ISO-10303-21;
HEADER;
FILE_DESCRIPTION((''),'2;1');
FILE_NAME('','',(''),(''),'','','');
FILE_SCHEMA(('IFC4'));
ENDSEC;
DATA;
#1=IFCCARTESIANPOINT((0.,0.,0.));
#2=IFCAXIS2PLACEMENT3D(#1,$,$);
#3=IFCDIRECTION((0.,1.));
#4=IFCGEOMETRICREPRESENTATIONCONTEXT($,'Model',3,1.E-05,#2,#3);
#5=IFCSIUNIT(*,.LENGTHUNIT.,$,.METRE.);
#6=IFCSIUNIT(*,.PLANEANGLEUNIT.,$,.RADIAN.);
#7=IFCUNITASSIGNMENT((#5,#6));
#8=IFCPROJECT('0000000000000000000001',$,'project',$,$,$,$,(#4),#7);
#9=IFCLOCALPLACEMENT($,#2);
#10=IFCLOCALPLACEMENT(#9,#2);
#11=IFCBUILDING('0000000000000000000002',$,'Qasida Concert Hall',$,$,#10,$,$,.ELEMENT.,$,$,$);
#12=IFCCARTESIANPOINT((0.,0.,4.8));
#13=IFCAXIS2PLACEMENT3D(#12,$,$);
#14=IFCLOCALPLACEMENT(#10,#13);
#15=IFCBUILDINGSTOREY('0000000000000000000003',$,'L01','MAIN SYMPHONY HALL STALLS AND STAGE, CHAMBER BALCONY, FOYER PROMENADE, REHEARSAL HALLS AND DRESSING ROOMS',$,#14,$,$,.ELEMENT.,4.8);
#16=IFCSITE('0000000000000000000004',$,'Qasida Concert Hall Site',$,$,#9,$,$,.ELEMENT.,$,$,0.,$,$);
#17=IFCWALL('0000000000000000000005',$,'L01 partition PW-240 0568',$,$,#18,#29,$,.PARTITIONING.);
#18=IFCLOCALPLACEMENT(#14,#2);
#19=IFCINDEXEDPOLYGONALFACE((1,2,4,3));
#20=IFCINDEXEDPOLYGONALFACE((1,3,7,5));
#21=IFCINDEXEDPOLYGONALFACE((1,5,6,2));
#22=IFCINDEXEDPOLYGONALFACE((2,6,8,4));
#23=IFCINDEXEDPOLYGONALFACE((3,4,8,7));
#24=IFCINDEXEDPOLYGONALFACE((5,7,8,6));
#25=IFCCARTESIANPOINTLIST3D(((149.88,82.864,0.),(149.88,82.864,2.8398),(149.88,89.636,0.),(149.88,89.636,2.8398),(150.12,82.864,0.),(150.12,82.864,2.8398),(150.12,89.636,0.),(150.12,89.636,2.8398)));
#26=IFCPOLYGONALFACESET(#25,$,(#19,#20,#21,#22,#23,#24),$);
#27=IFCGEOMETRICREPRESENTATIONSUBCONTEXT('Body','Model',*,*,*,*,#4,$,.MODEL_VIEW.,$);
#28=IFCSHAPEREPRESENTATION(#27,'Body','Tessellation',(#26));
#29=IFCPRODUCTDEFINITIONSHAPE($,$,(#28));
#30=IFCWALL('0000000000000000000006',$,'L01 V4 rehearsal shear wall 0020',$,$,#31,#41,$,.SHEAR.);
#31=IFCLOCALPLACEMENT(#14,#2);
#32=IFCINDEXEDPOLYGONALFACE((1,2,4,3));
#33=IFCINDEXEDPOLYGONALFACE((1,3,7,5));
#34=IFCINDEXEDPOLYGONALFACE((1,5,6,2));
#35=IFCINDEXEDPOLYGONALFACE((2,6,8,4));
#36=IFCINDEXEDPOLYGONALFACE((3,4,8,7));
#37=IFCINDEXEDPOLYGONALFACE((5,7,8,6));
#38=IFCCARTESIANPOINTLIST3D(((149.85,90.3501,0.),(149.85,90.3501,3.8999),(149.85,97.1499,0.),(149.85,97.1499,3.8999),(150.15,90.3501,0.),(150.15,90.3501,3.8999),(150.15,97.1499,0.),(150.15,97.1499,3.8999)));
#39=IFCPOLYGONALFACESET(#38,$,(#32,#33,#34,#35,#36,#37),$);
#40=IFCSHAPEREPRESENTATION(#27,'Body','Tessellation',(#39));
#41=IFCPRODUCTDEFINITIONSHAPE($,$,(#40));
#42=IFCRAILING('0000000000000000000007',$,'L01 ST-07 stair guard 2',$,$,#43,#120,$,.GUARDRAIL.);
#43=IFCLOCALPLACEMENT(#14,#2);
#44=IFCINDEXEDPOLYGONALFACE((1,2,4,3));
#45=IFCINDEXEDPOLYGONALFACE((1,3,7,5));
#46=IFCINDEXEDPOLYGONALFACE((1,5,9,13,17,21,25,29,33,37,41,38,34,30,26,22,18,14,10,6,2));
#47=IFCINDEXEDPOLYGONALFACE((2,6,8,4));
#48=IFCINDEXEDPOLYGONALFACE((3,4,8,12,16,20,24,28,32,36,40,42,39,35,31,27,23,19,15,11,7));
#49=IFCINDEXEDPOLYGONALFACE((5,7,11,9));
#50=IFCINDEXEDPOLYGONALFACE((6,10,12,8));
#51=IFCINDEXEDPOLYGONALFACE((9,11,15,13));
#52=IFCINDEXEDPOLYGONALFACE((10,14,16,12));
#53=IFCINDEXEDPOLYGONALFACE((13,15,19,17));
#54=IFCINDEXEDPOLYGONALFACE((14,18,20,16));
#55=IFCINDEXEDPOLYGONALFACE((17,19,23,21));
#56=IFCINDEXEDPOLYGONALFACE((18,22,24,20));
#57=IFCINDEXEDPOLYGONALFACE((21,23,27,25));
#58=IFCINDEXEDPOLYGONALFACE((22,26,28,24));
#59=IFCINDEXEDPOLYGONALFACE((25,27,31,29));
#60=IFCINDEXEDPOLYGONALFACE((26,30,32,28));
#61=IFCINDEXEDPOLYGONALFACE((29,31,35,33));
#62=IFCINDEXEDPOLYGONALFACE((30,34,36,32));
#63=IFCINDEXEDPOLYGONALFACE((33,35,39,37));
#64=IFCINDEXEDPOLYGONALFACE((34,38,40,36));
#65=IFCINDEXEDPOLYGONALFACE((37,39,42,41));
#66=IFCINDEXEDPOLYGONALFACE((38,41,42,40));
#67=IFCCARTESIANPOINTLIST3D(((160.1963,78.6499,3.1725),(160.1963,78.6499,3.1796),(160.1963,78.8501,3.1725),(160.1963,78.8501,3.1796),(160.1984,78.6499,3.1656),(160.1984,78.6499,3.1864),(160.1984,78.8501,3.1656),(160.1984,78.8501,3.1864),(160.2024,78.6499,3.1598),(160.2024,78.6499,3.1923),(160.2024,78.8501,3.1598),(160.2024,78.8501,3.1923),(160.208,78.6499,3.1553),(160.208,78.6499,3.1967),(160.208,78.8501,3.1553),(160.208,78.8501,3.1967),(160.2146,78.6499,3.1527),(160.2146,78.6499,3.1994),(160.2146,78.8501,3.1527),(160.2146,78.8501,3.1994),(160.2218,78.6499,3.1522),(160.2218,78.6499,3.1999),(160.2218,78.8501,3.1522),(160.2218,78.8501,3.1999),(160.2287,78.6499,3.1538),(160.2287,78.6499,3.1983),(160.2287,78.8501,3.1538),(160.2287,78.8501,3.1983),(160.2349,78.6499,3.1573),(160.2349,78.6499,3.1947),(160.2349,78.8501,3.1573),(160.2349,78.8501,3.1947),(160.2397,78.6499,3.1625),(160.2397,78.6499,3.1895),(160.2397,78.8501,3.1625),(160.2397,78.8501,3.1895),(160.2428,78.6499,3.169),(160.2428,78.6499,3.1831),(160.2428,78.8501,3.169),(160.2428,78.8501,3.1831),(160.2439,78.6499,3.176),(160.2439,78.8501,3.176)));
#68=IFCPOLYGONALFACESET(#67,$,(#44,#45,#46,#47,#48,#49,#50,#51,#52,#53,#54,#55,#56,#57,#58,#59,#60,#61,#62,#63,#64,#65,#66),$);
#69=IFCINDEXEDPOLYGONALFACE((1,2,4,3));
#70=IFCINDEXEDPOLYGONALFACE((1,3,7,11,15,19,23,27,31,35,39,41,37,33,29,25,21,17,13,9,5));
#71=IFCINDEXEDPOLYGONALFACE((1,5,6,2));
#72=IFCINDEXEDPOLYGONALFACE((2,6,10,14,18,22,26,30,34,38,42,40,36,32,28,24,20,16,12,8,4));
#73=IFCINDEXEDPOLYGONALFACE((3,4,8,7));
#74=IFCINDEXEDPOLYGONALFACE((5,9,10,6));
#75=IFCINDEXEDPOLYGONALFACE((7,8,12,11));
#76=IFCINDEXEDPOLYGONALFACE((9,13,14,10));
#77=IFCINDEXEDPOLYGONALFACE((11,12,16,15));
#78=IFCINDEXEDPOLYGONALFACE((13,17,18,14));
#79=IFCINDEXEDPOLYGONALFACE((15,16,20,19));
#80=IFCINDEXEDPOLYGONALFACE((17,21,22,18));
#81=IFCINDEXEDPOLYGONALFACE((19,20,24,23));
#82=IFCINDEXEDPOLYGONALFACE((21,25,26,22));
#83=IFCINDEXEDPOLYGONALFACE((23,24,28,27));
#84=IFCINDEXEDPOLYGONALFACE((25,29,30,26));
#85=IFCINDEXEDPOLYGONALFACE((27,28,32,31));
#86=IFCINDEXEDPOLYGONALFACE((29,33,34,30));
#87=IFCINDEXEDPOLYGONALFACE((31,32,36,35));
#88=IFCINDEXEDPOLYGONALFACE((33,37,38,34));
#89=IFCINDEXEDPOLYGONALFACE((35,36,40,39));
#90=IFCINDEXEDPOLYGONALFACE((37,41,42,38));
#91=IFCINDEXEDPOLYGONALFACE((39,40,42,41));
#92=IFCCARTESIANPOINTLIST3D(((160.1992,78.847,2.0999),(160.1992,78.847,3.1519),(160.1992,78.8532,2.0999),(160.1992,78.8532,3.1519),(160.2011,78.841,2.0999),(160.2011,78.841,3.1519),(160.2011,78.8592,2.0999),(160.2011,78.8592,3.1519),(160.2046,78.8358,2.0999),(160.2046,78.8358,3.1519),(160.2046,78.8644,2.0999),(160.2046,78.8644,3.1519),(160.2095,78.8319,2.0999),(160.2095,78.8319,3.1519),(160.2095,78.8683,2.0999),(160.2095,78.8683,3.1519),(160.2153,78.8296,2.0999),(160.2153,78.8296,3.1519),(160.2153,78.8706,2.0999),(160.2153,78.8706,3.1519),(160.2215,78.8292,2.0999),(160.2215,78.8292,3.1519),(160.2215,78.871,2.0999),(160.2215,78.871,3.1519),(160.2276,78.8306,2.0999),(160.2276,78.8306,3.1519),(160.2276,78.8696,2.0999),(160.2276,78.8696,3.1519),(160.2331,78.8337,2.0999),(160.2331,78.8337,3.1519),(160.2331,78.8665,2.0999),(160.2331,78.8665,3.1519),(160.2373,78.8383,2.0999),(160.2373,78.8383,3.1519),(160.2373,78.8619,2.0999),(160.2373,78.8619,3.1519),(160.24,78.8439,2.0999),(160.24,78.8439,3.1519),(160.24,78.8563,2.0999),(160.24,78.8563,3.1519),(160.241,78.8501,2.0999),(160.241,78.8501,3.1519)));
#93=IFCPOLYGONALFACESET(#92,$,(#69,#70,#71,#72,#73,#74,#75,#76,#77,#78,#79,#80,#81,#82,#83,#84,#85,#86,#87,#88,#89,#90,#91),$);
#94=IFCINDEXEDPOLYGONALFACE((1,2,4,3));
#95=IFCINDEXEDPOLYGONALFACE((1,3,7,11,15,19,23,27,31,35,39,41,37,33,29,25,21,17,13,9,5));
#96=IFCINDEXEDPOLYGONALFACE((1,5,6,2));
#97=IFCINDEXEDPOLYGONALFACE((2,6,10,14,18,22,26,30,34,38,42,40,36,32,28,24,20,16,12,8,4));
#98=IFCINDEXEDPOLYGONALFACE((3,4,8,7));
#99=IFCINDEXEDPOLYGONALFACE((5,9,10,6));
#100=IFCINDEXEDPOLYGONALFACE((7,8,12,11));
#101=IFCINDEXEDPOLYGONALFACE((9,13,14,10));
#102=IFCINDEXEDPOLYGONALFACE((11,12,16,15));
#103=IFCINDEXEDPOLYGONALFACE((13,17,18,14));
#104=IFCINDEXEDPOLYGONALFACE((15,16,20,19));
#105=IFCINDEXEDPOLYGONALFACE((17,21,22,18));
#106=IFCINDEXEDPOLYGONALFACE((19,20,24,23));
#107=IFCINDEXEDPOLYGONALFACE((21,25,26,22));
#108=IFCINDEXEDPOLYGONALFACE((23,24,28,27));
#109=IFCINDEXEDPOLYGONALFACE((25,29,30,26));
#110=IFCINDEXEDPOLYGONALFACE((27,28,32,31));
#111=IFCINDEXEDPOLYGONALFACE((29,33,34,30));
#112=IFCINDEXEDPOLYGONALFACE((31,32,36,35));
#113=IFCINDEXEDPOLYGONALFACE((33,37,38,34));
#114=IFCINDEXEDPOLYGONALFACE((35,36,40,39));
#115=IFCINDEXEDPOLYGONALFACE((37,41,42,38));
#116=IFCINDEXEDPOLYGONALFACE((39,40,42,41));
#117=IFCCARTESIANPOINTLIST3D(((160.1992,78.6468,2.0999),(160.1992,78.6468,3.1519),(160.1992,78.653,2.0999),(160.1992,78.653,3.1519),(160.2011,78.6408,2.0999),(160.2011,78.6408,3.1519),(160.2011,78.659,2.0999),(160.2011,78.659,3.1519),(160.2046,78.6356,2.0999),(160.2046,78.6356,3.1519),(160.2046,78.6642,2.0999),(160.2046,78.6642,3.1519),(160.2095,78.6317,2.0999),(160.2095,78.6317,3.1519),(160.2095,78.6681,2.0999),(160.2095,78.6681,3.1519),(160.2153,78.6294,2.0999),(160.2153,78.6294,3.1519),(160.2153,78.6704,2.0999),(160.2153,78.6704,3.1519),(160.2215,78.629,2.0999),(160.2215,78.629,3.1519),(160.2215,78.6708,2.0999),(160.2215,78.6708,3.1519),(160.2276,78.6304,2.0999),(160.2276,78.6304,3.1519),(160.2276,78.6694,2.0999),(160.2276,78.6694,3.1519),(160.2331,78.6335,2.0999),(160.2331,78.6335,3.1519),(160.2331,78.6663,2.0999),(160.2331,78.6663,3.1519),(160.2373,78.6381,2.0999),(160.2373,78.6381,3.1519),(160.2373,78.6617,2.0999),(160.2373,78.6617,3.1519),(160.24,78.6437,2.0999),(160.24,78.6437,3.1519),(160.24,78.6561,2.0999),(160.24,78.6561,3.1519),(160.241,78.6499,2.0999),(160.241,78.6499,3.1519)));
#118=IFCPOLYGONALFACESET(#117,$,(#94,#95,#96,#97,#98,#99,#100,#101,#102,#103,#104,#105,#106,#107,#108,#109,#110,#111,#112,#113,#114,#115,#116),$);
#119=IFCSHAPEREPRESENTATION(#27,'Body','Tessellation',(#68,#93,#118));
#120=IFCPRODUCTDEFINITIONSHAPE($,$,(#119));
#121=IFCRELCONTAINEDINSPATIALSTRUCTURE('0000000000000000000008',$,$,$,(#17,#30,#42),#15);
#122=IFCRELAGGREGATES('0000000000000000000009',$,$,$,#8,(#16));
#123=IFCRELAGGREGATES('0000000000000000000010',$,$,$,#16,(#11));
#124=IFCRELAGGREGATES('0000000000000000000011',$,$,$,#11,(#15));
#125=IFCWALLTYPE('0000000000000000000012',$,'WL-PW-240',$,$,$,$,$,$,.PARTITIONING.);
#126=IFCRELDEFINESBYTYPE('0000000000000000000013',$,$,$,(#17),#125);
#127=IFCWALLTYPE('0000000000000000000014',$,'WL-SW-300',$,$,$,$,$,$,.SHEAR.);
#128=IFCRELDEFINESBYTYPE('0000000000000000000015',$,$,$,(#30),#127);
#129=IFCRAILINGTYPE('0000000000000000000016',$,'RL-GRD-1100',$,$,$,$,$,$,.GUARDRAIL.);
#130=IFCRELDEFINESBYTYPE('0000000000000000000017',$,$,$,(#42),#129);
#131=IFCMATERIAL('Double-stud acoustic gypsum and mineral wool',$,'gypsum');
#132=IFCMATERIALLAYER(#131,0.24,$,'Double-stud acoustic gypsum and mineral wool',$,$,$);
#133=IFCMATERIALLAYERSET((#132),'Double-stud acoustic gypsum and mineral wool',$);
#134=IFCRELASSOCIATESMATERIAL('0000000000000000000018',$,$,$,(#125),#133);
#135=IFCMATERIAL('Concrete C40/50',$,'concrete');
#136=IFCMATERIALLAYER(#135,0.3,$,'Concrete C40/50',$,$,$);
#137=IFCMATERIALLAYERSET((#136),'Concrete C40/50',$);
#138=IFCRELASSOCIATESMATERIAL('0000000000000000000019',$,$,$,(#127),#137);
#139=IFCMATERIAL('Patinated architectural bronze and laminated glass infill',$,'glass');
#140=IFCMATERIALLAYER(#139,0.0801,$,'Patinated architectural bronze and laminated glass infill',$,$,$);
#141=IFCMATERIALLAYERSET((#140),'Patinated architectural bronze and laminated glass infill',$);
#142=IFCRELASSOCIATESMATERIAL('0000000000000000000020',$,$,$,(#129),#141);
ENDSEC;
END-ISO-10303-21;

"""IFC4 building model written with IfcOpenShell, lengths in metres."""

from ifc_helpers import new_model, si_unit, direction, frame, frame_2d, origin, origin_2d, place, context, subcontext, project, spatial, rectangle, circle, extrude, material, layer, layer_set, type_object, element, save


model = new_model("IFC4")

# Units and contexts
model_context = context("Model", 3, precision=1e-05, world=origin(), true_north=direction((0.0, 1.0)))
body_context = subcontext(model_context, "Body", "Model", "MODEL_VIEW")
ifc_project = project(units=[si_unit("LENGTHUNIT", "METRE"), si_unit("PLANEANGLEUNIT", "RADIAN")], contexts=[model_context])

# Site, building, storey
site_placement = place(None, origin())
site = spatial("IfcSite", under=ifc_project, at=site_placement, Name="Qasida Concert Hall Site", CompositionType="ELEMENT", RefElevation=0.0)
building_placement = place(site_placement, origin())
building = spatial("IfcBuilding", under=site, at=building_placement, Name="Qasida Concert Hall", CompositionType="ELEMENT")
storey_placement = place(building_placement, frame((0.0, 0.0, 4.8)))
storey = spatial("IfcBuildingStorey", under=building, at=storey_placement, Name="L01", Description="MAIN SYMPHONY HALL STALLS AND STAGE, CHAMBER BALCONY, FOYER PROMENADE, REHEARSAL HALLS AND DRESSING ROOMS", CompositionType="ELEMENT", Elevation=4.8)

# Shared definitions
ifc_material_1 = material(Name="Concrete C40/50", Category="concrete")

# Walls
ifc_material_2 = material(Name="Double-stud acoustic gypsum and mineral wool", Category="gypsum")
ifc_layer_1 = layer(ifc_material_2, 0.24, Name="Double-stud acoustic gypsum and mineral wool")
ifc_layer_set_1 = layer_set([ifc_layer_1], Name="Double-stud acoustic gypsum and mineral wool")
wall_type_1 = type_object("IfcWallType", Name="WL-PW-240", PredefinedType="PARTITIONING", material=ifc_layer_set_1)
wall_1_placement = place(storey_placement, frame((150.0, 82.864, 0.0), z_axis=(0.0, 0.0, 1.0), x_axis=(0.0, 1.0, 0.0)))
element("IfcWall", 1, at=wall_1_placement, inside=storey, type_object=wall_type_1, Name="L01 partition PW-240 0568", PredefinedType="PARTITIONING", context=body_context, shape_type="SweptSolid", body=[
    extrude(rectangle(XDim=6.772, YDim=0.24, at=frame_2d((3.386, 0.0))), origin(), (0.0, 0.0, 1.0), 2.8398),
])
ifc_layer_2 = layer(ifc_material_1, 0.3, Name="Concrete C40/50")
ifc_layer_set_2 = layer_set([ifc_layer_2], Name="Concrete C40/50")
wall_type_2 = type_object("IfcWallType", Name="WL-SW-300", PredefinedType="SHEAR", material=ifc_layer_set_2)
wall_2_placement = place(storey_placement, frame((150.0, 90.3501, 0.0), z_axis=(0.0, 0.0, 1.0), x_axis=(0.0, 1.0, 0.0)))
element("IfcWall", 2, at=wall_2_placement, inside=storey, type_object=wall_type_2, Name="L01 V4 rehearsal shear wall 0020", PredefinedType="SHEAR", context=body_context, shape_type="SweptSolid", body=[
    extrude(rectangle(XDim=6.7998, YDim=0.3, at=frame_2d((3.3999, 0.0))), origin(), (0.0, 0.0, 1.0), 3.8999),
])

# Railing
ifc_material_3 = material(Name="Patinated architectural bronze and laminated glass infill", Category="glass")
ifc_layer_3 = layer(ifc_material_3, 0.0801, Name="Patinated architectural bronze and laminated glass infill")
ifc_layer_set_3 = layer_set([ifc_layer_3], Name="Patinated architectural bronze and laminated glass infill")
railing_type = type_object("IfcRailingType", Name="RL-GRD-1100", PredefinedType="GUARDRAIL", material=ifc_layer_set_3)
railing_placement = place(storey_placement, frame((160.22, 78.8501, 2.0999)))
element("IfcRailing", 3, at=railing_placement, inside=storey, type_object=railing_type, Name="L01 ST-07 stair guard 2", PredefinedType="GUARDRAIL", context=body_context, shape_type="SweptSolid", body=[
    extrude(circle(Radius=0.0239, at=origin_2d()), frame((0.0, 0.0, 1.0762), z_axis=(0.0, -1.0, 0.0), x_axis=(1.0, 0.0, 0.0)), (0.0, 0.0, 1.0), 0.2002),
    extrude(circle(Radius=0.021, at=origin_2d()), origin(), (0.0, 0.0, 1.0), 1.052),
    extrude(circle(Radius=0.021, at=origin_2d()), frame((0.0, -0.2002, 0.0)), (0.0, 0.0, 1.0), 1.052),
])

save(model, "model.ifc")
